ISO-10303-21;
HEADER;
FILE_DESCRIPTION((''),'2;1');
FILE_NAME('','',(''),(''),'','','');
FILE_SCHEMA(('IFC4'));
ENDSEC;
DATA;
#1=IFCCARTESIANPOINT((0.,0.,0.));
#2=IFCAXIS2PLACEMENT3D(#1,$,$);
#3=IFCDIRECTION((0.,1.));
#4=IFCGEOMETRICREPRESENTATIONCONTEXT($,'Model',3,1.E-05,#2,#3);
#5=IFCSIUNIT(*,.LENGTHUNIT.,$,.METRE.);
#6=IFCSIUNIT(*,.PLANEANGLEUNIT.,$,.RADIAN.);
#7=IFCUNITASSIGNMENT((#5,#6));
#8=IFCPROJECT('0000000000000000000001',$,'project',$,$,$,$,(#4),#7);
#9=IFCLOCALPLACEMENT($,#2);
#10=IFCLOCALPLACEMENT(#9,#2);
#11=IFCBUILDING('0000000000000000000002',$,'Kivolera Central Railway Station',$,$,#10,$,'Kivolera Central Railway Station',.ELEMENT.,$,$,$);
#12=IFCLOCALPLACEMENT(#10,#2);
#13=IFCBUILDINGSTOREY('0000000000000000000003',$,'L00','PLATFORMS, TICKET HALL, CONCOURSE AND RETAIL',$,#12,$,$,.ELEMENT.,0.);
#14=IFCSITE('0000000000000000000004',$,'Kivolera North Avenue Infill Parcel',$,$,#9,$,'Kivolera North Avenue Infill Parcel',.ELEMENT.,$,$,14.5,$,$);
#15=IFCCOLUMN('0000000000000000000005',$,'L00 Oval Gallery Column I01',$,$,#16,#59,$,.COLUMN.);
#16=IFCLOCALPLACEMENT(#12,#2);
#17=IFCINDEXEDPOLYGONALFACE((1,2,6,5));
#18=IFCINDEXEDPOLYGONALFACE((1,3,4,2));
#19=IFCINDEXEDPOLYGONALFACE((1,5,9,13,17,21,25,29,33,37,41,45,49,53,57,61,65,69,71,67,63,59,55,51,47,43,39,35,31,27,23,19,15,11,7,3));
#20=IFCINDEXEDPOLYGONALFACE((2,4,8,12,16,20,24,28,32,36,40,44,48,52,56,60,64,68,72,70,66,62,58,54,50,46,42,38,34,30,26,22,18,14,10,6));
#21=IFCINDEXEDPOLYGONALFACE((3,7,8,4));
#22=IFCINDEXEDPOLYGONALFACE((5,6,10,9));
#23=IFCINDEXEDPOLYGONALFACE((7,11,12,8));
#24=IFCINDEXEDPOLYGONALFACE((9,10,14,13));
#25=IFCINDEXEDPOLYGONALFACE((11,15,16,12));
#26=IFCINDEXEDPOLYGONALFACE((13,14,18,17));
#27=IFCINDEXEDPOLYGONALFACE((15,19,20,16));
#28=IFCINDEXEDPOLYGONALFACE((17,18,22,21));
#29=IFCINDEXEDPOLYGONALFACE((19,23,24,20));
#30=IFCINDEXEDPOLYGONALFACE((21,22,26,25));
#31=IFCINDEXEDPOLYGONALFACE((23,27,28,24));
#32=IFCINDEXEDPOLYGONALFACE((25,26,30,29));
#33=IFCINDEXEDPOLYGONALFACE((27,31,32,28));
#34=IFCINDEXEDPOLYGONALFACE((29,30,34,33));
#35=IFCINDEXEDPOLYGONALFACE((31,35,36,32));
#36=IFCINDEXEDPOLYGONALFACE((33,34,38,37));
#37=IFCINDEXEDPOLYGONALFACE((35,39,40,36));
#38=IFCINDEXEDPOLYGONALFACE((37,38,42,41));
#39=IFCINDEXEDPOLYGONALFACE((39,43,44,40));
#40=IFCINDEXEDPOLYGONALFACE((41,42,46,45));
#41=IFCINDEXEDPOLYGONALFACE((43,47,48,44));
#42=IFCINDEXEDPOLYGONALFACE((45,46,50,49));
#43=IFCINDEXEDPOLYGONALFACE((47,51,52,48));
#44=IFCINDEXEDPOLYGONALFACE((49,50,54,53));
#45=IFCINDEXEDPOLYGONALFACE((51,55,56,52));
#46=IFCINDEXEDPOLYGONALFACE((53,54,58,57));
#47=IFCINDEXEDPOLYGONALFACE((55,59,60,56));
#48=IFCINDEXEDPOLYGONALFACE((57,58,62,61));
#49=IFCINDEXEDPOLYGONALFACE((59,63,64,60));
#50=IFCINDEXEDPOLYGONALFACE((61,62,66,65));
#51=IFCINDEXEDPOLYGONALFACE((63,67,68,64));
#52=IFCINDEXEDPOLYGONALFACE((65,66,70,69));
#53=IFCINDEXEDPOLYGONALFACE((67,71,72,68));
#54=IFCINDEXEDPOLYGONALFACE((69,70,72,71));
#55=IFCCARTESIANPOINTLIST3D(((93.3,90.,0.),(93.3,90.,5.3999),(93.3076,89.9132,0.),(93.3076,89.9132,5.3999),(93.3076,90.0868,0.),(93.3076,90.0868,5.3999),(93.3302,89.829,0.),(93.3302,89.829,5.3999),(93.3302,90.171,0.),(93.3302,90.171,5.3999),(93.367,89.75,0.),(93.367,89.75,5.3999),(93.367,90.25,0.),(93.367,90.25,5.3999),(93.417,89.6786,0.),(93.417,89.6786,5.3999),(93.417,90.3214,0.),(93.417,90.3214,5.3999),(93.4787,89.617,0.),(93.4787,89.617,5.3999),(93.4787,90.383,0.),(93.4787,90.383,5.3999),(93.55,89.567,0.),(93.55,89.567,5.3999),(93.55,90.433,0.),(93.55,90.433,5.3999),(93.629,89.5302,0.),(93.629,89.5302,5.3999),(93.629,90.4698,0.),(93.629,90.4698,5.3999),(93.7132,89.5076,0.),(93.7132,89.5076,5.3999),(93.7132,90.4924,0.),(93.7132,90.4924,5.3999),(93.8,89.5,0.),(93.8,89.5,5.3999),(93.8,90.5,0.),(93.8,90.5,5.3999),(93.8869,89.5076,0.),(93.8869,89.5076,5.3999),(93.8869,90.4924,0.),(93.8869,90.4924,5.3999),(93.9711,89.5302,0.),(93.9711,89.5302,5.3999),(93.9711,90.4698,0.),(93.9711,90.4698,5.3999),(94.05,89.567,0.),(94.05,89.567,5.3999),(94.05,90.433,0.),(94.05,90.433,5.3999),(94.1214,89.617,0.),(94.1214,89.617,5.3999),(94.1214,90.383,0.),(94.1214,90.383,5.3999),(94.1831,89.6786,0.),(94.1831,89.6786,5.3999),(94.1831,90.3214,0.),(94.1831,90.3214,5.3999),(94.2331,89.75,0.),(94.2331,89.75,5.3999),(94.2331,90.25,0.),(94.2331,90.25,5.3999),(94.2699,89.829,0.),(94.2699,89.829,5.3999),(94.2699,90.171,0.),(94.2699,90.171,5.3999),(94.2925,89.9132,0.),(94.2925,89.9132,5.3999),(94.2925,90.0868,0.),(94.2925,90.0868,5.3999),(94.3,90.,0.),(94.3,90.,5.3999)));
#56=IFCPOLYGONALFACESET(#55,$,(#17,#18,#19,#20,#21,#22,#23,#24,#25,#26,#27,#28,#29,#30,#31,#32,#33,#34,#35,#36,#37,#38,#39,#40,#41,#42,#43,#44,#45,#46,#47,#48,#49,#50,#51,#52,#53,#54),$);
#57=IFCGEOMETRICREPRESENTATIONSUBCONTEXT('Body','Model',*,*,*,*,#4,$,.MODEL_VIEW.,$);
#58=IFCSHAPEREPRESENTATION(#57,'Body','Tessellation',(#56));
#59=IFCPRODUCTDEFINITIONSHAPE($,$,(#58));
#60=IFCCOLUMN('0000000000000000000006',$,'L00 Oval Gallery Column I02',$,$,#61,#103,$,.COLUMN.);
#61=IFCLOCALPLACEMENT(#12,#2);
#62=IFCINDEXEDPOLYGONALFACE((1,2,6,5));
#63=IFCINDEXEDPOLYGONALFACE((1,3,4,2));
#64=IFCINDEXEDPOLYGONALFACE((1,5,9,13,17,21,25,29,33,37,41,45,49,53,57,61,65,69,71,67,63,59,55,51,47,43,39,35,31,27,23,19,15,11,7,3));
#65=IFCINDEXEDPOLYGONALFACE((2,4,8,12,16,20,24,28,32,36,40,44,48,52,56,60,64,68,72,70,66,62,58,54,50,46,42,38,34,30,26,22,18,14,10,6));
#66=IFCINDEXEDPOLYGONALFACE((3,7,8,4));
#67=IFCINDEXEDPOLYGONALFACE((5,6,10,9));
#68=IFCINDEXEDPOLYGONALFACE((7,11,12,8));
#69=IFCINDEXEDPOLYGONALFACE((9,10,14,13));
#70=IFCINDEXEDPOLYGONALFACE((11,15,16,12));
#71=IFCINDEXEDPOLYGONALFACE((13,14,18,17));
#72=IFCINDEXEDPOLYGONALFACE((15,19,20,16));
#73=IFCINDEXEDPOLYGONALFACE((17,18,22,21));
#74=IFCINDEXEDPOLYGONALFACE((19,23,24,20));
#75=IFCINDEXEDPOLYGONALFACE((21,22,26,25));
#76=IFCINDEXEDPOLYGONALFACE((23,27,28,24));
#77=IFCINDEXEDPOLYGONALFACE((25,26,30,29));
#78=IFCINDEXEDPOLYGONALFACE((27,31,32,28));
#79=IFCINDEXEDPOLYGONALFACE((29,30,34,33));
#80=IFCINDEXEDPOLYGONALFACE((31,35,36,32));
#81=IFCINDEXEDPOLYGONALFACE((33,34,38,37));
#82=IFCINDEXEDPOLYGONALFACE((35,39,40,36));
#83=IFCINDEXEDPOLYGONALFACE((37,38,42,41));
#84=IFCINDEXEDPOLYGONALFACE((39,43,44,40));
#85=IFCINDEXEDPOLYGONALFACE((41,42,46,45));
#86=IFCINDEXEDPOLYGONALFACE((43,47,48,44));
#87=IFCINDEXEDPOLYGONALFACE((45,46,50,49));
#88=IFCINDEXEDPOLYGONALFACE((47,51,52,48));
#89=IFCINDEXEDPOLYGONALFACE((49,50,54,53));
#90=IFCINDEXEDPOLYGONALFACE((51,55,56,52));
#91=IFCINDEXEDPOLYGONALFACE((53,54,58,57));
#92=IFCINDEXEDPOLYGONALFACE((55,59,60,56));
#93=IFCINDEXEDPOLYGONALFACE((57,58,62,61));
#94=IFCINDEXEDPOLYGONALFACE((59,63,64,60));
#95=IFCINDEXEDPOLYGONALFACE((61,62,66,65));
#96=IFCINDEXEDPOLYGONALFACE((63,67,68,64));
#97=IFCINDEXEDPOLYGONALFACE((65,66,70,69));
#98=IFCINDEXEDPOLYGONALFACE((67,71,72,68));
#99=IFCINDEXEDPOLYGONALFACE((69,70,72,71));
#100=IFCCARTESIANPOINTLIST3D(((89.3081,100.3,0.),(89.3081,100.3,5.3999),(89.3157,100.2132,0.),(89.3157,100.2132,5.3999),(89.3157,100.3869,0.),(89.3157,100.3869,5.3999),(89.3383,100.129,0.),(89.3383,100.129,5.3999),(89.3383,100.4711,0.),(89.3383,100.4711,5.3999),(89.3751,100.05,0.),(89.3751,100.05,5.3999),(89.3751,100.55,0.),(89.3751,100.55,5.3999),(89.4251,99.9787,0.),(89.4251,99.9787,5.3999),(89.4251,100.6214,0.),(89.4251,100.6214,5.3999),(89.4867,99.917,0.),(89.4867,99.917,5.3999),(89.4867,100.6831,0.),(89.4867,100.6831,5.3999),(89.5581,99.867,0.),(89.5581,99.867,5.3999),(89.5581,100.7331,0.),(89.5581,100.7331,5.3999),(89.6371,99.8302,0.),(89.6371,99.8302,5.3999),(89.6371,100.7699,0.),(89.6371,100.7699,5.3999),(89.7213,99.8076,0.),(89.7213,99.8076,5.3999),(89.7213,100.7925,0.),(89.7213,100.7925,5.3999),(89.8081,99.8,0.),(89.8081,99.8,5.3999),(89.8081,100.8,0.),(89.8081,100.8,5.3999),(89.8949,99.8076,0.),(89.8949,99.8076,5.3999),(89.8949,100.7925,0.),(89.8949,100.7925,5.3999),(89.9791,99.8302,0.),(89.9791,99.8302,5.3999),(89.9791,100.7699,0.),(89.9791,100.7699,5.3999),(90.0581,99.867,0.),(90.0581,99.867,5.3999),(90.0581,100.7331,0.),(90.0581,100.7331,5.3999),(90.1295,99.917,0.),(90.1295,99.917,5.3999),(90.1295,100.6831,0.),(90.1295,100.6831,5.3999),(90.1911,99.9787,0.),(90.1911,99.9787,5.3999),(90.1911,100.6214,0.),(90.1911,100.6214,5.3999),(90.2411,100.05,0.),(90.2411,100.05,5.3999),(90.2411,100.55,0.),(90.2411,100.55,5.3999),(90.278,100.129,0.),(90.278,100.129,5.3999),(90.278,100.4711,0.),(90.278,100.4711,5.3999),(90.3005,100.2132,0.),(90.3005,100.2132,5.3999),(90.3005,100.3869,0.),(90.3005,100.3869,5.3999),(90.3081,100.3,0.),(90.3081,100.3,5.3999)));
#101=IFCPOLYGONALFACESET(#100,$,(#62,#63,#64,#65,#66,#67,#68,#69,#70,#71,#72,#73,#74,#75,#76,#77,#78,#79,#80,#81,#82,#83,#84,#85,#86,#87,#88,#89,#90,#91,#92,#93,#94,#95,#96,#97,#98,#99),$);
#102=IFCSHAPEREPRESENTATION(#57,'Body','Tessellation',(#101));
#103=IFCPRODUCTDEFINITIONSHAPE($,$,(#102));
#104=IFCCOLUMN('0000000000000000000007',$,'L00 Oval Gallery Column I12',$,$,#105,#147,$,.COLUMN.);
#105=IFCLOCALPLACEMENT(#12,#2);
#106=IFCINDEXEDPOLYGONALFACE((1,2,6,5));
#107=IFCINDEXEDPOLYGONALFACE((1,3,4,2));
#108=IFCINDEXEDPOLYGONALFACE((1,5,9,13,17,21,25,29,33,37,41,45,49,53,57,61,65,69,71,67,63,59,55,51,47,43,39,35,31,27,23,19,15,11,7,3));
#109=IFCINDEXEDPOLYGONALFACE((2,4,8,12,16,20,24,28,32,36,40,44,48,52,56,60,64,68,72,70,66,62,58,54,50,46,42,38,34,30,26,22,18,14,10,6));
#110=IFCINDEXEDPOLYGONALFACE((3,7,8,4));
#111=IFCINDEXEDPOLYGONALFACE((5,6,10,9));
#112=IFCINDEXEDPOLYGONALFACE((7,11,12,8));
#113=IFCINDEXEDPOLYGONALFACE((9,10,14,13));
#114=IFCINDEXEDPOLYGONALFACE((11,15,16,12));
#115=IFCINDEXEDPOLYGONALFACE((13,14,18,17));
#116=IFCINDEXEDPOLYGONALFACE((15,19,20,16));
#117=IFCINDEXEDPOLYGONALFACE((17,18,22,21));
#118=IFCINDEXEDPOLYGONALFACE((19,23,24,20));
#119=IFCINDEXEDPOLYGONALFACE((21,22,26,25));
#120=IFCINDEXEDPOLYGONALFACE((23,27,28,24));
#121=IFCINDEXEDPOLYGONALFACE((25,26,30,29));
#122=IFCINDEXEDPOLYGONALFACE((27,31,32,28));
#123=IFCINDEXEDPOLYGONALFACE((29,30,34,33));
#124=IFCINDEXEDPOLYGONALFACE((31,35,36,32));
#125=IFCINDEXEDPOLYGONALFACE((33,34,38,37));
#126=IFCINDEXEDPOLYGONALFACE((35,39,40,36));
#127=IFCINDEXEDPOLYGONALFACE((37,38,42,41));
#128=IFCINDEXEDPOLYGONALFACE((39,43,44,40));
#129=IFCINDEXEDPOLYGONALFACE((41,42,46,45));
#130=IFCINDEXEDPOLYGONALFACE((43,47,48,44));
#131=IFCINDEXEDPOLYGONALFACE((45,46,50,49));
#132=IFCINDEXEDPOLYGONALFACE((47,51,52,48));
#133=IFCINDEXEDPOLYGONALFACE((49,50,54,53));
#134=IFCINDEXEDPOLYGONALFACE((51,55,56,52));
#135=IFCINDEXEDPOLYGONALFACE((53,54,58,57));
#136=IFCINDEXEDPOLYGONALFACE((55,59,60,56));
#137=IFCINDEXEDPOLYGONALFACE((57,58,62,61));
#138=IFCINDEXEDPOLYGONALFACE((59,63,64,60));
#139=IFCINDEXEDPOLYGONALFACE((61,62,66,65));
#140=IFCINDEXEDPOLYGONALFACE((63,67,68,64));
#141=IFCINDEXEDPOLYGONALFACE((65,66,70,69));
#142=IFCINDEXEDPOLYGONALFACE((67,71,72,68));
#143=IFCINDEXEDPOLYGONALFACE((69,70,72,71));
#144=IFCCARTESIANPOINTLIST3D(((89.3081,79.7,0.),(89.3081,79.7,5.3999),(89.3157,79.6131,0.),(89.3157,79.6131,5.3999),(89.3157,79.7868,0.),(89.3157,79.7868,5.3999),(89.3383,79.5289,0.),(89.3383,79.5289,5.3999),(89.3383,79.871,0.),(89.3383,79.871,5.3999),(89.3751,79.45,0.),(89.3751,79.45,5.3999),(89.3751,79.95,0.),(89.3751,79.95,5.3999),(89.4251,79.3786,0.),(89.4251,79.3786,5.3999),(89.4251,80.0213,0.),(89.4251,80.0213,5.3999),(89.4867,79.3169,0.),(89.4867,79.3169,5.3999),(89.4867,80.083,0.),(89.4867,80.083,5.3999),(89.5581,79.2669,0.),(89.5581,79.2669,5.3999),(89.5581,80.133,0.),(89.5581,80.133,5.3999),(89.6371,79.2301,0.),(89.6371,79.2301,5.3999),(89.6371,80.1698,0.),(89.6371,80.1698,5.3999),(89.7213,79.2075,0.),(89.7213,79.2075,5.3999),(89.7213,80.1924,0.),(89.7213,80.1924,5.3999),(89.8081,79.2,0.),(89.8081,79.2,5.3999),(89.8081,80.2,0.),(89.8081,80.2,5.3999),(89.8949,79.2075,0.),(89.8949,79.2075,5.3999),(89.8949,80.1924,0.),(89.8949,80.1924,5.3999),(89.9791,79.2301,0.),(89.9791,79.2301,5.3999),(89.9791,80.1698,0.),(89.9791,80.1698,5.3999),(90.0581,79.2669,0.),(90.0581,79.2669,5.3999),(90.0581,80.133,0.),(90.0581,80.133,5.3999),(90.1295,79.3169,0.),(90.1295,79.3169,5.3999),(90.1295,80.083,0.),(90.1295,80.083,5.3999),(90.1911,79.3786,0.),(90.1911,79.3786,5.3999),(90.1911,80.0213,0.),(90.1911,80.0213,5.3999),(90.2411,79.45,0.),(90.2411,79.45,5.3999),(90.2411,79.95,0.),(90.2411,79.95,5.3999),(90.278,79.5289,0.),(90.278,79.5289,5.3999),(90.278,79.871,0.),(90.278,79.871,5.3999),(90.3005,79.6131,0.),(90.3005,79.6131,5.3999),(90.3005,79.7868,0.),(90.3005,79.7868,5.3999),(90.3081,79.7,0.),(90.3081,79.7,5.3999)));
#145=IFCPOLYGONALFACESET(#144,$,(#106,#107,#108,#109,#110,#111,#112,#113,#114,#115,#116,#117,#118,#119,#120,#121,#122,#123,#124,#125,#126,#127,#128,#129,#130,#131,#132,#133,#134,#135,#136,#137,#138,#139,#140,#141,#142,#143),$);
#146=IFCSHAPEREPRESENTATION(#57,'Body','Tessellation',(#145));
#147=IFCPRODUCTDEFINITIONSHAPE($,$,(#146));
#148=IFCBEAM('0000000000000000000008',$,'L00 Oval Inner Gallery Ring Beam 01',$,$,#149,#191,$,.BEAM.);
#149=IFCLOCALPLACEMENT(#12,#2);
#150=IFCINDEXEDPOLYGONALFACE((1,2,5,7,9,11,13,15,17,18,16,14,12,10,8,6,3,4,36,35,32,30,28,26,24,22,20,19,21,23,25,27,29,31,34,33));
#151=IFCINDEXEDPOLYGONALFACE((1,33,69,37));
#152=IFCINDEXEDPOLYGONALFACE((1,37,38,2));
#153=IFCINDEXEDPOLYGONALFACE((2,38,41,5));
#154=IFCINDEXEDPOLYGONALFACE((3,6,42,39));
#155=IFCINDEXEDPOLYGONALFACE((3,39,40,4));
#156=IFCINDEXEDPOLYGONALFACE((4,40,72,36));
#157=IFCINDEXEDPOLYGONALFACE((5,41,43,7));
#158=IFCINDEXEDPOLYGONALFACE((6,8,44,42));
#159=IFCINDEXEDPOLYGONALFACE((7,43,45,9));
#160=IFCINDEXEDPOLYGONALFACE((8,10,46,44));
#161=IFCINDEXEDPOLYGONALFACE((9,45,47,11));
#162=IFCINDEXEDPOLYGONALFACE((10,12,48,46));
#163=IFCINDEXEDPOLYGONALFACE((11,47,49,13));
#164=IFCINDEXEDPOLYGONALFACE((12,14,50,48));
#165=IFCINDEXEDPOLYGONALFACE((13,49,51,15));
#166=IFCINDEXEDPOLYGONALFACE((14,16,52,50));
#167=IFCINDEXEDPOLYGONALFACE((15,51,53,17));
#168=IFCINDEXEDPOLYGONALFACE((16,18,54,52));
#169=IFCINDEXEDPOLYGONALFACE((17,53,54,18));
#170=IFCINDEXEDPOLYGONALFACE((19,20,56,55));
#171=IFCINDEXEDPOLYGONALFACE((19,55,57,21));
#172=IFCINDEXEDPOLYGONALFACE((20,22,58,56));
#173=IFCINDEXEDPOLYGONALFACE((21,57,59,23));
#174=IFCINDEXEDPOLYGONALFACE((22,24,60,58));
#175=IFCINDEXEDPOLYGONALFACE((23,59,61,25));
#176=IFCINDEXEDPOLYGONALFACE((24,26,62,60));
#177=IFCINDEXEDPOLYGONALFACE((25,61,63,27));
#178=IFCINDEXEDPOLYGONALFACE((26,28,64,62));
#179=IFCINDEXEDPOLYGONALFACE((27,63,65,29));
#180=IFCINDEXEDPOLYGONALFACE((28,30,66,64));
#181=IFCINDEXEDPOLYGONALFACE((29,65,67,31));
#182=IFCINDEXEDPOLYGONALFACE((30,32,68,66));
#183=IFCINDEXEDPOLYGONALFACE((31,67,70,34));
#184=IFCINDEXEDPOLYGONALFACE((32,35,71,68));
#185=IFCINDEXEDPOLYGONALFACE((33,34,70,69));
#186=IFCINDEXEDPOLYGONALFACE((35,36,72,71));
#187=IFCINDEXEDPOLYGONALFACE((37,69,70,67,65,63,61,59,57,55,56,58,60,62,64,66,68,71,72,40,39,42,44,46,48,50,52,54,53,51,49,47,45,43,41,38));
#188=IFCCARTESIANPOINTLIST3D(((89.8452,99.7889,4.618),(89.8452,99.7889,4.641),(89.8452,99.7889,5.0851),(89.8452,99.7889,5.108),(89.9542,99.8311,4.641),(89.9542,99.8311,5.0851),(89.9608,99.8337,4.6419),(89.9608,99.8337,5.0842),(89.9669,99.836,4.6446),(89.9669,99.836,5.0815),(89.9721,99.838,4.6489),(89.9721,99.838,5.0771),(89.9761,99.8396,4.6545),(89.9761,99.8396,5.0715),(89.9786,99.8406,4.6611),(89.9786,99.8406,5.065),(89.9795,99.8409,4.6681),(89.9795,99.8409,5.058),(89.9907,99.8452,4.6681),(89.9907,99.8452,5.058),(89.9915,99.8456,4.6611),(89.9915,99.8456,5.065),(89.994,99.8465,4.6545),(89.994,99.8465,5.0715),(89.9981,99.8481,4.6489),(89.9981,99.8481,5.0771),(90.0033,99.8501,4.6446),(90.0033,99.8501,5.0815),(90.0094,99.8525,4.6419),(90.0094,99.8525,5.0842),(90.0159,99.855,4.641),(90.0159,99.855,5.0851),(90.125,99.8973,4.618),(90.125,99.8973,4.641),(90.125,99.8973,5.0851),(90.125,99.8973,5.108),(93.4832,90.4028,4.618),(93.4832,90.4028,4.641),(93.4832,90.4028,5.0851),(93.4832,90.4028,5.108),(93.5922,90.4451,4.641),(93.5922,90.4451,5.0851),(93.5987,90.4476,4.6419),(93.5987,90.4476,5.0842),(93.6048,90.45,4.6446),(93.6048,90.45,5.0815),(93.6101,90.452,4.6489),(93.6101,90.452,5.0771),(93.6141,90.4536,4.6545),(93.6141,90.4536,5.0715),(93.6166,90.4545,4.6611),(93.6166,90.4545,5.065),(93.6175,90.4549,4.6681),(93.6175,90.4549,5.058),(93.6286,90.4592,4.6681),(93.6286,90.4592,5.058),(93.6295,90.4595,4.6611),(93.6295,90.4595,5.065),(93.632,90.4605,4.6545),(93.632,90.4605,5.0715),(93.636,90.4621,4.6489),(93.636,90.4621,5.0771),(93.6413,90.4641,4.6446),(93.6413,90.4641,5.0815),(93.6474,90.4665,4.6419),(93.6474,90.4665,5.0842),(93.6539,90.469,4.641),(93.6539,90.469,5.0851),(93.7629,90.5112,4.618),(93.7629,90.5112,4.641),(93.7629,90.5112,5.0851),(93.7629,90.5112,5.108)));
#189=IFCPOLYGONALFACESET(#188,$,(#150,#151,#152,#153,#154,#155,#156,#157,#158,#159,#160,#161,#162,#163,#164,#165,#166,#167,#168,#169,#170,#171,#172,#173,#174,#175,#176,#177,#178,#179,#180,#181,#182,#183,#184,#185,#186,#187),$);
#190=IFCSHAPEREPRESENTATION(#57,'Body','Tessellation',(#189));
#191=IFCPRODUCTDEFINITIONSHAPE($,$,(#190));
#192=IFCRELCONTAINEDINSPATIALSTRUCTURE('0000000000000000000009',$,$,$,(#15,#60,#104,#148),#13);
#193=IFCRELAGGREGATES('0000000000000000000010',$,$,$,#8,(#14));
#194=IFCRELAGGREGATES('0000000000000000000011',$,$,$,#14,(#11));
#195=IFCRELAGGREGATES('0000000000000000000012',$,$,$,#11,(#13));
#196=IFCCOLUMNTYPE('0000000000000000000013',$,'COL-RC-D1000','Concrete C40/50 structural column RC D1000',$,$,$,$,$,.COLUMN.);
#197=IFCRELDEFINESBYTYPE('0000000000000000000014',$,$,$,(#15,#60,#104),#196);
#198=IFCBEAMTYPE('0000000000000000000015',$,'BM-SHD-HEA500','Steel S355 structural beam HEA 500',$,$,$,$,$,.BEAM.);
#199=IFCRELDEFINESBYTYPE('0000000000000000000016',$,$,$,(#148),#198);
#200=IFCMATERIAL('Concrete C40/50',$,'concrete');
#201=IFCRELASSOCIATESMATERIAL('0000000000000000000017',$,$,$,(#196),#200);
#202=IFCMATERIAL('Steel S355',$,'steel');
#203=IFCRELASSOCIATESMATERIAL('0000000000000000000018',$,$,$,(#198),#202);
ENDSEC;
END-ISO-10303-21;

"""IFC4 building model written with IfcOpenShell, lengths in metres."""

from ifc_helpers import new_model, si_unit, direction, frame, origin, origin_2d, place, context, subcontext, project, spatial, circle, i_section, extrude, material, material_profile, profile_set, type_object, element, save


model = new_model("IFC4")

# Units and contexts
model_context = context("Model", 3, precision=1e-05, world=origin(), true_north=direction((0.0, 1.0)))
body_context = subcontext(model_context, "Body", "Model", "MODEL_VIEW")
ifc_project = project(units=[si_unit("LENGTHUNIT", "METRE"), si_unit("PLANEANGLEUNIT", "RADIAN")], contexts=[model_context])

# Site, building, storey
site_placement = place(None, origin())
site = spatial("IfcSite", under=ifc_project, at=site_placement, Name="Kivolera North Avenue Infill Parcel", LongName="Kivolera North Avenue Infill Parcel", CompositionType="ELEMENT", RefElevation=14.5)
building_placement = place(site_placement, origin())
building = spatial("IfcBuilding", under=site, at=building_placement, Name="Kivolera Central Railway Station", LongName="Kivolera Central Railway Station", CompositionType="ELEMENT")
storey_placement = place(building_placement, origin())
storey = spatial("IfcBuildingStorey", under=building, at=storey_placement, Name="L00", Description="PLATFORMS, TICKET HALL, CONCOURSE AND RETAIL", CompositionType="ELEMENT", Elevation=0.0)

# Columns
ifc_material_1 = material(Name="Concrete C40/50", Category="concrete")
ifc_material_profile_1 = material_profile(ifc_material_1, circle(Radius=0.5, at=origin_2d()), Name="RC D1000")
ifc_profile_set_1 = profile_set([ifc_material_profile_1], Name="Concrete C40/50")
column_type = type_object("IfcColumnType", Name="COL-RC-D1000", Description="Concrete C40/50 structural column RC D1000", PredefinedType="COLUMN", material=ifc_profile_set_1)
for number, where, z_axis, x_axis, name in (
    (1, (93.8, 90.0, 0.0), (0.0, 0.0, 1.0), (1.0, 0.0, 0.0), "L00 Oval Gallery Column I01"),
    (2, (89.8081, 100.3, 0.0), (0.0, 0.0, 1.0), (1.0, 0.0, 0.0), "L00 Oval Gallery Column I02"),
    (3, (89.8081, 79.7, 0.0), (0.0, 0.0, 1.0), (1.0, 0.0, 0.0), "L00 Oval Gallery Column I12"),
):
    element("IfcColumn", number, at=place(storey_placement, frame(where, z_axis=z_axis, x_axis=x_axis)), inside=storey, type_object=column_type, Name=name, PredefinedType="COLUMN", context=body_context, shape_type="SweptSolid", body=[
        extrude(circle(Radius=0.5, at=origin_2d()), origin(), (0.0, 0.0, 1.0), 5.3999),
    ])

# Beam
ifc_material_2 = material(Name="Steel S355", Category="steel")
ifc_material_profile_2 = material_profile(ifc_material_2, i_section(OverallWidth=0.3, OverallDepth=0.49, WebThickness=0.012, FlangeThickness=0.0229, FilletRadius=0.0271, at=origin_2d()), Name="HEA 500")
ifc_profile_set_2 = profile_set([ifc_material_profile_2], Name="Steel S355")
beam_type_1 = type_object("IfcBeamType", Name="BM-SHD-HEA500", Description="Steel S355 structural beam HEA 500", PredefinedType="BEAM", material=ifc_profile_set_2)
beam_1_placement = place(storey_placement, frame((93.623, 90.457, 4.863), z_axis=(-0.361396, 0.932412, 0.0), x_axis=(-0.932412, -0.361396, 0.0)))
element("IfcBeam", 4, at=beam_1_placement, inside=storey, type_object=beam_type_1, Name="L00 Oval Inner Gallery Ring Beam 01", PredefinedType="BEAM", context=body_context, shape_type="SweptSolid", body=[
    extrude(i_section(OverallWidth=0.3, OverallDepth=0.49, WebThickness=0.012, FlangeThickness=0.0229, FilletRadius=0.0271, at=origin_2d()), origin(), (0.0, 0.0, 1.0), 10.0664),
])

save(model, "model.ifc")
